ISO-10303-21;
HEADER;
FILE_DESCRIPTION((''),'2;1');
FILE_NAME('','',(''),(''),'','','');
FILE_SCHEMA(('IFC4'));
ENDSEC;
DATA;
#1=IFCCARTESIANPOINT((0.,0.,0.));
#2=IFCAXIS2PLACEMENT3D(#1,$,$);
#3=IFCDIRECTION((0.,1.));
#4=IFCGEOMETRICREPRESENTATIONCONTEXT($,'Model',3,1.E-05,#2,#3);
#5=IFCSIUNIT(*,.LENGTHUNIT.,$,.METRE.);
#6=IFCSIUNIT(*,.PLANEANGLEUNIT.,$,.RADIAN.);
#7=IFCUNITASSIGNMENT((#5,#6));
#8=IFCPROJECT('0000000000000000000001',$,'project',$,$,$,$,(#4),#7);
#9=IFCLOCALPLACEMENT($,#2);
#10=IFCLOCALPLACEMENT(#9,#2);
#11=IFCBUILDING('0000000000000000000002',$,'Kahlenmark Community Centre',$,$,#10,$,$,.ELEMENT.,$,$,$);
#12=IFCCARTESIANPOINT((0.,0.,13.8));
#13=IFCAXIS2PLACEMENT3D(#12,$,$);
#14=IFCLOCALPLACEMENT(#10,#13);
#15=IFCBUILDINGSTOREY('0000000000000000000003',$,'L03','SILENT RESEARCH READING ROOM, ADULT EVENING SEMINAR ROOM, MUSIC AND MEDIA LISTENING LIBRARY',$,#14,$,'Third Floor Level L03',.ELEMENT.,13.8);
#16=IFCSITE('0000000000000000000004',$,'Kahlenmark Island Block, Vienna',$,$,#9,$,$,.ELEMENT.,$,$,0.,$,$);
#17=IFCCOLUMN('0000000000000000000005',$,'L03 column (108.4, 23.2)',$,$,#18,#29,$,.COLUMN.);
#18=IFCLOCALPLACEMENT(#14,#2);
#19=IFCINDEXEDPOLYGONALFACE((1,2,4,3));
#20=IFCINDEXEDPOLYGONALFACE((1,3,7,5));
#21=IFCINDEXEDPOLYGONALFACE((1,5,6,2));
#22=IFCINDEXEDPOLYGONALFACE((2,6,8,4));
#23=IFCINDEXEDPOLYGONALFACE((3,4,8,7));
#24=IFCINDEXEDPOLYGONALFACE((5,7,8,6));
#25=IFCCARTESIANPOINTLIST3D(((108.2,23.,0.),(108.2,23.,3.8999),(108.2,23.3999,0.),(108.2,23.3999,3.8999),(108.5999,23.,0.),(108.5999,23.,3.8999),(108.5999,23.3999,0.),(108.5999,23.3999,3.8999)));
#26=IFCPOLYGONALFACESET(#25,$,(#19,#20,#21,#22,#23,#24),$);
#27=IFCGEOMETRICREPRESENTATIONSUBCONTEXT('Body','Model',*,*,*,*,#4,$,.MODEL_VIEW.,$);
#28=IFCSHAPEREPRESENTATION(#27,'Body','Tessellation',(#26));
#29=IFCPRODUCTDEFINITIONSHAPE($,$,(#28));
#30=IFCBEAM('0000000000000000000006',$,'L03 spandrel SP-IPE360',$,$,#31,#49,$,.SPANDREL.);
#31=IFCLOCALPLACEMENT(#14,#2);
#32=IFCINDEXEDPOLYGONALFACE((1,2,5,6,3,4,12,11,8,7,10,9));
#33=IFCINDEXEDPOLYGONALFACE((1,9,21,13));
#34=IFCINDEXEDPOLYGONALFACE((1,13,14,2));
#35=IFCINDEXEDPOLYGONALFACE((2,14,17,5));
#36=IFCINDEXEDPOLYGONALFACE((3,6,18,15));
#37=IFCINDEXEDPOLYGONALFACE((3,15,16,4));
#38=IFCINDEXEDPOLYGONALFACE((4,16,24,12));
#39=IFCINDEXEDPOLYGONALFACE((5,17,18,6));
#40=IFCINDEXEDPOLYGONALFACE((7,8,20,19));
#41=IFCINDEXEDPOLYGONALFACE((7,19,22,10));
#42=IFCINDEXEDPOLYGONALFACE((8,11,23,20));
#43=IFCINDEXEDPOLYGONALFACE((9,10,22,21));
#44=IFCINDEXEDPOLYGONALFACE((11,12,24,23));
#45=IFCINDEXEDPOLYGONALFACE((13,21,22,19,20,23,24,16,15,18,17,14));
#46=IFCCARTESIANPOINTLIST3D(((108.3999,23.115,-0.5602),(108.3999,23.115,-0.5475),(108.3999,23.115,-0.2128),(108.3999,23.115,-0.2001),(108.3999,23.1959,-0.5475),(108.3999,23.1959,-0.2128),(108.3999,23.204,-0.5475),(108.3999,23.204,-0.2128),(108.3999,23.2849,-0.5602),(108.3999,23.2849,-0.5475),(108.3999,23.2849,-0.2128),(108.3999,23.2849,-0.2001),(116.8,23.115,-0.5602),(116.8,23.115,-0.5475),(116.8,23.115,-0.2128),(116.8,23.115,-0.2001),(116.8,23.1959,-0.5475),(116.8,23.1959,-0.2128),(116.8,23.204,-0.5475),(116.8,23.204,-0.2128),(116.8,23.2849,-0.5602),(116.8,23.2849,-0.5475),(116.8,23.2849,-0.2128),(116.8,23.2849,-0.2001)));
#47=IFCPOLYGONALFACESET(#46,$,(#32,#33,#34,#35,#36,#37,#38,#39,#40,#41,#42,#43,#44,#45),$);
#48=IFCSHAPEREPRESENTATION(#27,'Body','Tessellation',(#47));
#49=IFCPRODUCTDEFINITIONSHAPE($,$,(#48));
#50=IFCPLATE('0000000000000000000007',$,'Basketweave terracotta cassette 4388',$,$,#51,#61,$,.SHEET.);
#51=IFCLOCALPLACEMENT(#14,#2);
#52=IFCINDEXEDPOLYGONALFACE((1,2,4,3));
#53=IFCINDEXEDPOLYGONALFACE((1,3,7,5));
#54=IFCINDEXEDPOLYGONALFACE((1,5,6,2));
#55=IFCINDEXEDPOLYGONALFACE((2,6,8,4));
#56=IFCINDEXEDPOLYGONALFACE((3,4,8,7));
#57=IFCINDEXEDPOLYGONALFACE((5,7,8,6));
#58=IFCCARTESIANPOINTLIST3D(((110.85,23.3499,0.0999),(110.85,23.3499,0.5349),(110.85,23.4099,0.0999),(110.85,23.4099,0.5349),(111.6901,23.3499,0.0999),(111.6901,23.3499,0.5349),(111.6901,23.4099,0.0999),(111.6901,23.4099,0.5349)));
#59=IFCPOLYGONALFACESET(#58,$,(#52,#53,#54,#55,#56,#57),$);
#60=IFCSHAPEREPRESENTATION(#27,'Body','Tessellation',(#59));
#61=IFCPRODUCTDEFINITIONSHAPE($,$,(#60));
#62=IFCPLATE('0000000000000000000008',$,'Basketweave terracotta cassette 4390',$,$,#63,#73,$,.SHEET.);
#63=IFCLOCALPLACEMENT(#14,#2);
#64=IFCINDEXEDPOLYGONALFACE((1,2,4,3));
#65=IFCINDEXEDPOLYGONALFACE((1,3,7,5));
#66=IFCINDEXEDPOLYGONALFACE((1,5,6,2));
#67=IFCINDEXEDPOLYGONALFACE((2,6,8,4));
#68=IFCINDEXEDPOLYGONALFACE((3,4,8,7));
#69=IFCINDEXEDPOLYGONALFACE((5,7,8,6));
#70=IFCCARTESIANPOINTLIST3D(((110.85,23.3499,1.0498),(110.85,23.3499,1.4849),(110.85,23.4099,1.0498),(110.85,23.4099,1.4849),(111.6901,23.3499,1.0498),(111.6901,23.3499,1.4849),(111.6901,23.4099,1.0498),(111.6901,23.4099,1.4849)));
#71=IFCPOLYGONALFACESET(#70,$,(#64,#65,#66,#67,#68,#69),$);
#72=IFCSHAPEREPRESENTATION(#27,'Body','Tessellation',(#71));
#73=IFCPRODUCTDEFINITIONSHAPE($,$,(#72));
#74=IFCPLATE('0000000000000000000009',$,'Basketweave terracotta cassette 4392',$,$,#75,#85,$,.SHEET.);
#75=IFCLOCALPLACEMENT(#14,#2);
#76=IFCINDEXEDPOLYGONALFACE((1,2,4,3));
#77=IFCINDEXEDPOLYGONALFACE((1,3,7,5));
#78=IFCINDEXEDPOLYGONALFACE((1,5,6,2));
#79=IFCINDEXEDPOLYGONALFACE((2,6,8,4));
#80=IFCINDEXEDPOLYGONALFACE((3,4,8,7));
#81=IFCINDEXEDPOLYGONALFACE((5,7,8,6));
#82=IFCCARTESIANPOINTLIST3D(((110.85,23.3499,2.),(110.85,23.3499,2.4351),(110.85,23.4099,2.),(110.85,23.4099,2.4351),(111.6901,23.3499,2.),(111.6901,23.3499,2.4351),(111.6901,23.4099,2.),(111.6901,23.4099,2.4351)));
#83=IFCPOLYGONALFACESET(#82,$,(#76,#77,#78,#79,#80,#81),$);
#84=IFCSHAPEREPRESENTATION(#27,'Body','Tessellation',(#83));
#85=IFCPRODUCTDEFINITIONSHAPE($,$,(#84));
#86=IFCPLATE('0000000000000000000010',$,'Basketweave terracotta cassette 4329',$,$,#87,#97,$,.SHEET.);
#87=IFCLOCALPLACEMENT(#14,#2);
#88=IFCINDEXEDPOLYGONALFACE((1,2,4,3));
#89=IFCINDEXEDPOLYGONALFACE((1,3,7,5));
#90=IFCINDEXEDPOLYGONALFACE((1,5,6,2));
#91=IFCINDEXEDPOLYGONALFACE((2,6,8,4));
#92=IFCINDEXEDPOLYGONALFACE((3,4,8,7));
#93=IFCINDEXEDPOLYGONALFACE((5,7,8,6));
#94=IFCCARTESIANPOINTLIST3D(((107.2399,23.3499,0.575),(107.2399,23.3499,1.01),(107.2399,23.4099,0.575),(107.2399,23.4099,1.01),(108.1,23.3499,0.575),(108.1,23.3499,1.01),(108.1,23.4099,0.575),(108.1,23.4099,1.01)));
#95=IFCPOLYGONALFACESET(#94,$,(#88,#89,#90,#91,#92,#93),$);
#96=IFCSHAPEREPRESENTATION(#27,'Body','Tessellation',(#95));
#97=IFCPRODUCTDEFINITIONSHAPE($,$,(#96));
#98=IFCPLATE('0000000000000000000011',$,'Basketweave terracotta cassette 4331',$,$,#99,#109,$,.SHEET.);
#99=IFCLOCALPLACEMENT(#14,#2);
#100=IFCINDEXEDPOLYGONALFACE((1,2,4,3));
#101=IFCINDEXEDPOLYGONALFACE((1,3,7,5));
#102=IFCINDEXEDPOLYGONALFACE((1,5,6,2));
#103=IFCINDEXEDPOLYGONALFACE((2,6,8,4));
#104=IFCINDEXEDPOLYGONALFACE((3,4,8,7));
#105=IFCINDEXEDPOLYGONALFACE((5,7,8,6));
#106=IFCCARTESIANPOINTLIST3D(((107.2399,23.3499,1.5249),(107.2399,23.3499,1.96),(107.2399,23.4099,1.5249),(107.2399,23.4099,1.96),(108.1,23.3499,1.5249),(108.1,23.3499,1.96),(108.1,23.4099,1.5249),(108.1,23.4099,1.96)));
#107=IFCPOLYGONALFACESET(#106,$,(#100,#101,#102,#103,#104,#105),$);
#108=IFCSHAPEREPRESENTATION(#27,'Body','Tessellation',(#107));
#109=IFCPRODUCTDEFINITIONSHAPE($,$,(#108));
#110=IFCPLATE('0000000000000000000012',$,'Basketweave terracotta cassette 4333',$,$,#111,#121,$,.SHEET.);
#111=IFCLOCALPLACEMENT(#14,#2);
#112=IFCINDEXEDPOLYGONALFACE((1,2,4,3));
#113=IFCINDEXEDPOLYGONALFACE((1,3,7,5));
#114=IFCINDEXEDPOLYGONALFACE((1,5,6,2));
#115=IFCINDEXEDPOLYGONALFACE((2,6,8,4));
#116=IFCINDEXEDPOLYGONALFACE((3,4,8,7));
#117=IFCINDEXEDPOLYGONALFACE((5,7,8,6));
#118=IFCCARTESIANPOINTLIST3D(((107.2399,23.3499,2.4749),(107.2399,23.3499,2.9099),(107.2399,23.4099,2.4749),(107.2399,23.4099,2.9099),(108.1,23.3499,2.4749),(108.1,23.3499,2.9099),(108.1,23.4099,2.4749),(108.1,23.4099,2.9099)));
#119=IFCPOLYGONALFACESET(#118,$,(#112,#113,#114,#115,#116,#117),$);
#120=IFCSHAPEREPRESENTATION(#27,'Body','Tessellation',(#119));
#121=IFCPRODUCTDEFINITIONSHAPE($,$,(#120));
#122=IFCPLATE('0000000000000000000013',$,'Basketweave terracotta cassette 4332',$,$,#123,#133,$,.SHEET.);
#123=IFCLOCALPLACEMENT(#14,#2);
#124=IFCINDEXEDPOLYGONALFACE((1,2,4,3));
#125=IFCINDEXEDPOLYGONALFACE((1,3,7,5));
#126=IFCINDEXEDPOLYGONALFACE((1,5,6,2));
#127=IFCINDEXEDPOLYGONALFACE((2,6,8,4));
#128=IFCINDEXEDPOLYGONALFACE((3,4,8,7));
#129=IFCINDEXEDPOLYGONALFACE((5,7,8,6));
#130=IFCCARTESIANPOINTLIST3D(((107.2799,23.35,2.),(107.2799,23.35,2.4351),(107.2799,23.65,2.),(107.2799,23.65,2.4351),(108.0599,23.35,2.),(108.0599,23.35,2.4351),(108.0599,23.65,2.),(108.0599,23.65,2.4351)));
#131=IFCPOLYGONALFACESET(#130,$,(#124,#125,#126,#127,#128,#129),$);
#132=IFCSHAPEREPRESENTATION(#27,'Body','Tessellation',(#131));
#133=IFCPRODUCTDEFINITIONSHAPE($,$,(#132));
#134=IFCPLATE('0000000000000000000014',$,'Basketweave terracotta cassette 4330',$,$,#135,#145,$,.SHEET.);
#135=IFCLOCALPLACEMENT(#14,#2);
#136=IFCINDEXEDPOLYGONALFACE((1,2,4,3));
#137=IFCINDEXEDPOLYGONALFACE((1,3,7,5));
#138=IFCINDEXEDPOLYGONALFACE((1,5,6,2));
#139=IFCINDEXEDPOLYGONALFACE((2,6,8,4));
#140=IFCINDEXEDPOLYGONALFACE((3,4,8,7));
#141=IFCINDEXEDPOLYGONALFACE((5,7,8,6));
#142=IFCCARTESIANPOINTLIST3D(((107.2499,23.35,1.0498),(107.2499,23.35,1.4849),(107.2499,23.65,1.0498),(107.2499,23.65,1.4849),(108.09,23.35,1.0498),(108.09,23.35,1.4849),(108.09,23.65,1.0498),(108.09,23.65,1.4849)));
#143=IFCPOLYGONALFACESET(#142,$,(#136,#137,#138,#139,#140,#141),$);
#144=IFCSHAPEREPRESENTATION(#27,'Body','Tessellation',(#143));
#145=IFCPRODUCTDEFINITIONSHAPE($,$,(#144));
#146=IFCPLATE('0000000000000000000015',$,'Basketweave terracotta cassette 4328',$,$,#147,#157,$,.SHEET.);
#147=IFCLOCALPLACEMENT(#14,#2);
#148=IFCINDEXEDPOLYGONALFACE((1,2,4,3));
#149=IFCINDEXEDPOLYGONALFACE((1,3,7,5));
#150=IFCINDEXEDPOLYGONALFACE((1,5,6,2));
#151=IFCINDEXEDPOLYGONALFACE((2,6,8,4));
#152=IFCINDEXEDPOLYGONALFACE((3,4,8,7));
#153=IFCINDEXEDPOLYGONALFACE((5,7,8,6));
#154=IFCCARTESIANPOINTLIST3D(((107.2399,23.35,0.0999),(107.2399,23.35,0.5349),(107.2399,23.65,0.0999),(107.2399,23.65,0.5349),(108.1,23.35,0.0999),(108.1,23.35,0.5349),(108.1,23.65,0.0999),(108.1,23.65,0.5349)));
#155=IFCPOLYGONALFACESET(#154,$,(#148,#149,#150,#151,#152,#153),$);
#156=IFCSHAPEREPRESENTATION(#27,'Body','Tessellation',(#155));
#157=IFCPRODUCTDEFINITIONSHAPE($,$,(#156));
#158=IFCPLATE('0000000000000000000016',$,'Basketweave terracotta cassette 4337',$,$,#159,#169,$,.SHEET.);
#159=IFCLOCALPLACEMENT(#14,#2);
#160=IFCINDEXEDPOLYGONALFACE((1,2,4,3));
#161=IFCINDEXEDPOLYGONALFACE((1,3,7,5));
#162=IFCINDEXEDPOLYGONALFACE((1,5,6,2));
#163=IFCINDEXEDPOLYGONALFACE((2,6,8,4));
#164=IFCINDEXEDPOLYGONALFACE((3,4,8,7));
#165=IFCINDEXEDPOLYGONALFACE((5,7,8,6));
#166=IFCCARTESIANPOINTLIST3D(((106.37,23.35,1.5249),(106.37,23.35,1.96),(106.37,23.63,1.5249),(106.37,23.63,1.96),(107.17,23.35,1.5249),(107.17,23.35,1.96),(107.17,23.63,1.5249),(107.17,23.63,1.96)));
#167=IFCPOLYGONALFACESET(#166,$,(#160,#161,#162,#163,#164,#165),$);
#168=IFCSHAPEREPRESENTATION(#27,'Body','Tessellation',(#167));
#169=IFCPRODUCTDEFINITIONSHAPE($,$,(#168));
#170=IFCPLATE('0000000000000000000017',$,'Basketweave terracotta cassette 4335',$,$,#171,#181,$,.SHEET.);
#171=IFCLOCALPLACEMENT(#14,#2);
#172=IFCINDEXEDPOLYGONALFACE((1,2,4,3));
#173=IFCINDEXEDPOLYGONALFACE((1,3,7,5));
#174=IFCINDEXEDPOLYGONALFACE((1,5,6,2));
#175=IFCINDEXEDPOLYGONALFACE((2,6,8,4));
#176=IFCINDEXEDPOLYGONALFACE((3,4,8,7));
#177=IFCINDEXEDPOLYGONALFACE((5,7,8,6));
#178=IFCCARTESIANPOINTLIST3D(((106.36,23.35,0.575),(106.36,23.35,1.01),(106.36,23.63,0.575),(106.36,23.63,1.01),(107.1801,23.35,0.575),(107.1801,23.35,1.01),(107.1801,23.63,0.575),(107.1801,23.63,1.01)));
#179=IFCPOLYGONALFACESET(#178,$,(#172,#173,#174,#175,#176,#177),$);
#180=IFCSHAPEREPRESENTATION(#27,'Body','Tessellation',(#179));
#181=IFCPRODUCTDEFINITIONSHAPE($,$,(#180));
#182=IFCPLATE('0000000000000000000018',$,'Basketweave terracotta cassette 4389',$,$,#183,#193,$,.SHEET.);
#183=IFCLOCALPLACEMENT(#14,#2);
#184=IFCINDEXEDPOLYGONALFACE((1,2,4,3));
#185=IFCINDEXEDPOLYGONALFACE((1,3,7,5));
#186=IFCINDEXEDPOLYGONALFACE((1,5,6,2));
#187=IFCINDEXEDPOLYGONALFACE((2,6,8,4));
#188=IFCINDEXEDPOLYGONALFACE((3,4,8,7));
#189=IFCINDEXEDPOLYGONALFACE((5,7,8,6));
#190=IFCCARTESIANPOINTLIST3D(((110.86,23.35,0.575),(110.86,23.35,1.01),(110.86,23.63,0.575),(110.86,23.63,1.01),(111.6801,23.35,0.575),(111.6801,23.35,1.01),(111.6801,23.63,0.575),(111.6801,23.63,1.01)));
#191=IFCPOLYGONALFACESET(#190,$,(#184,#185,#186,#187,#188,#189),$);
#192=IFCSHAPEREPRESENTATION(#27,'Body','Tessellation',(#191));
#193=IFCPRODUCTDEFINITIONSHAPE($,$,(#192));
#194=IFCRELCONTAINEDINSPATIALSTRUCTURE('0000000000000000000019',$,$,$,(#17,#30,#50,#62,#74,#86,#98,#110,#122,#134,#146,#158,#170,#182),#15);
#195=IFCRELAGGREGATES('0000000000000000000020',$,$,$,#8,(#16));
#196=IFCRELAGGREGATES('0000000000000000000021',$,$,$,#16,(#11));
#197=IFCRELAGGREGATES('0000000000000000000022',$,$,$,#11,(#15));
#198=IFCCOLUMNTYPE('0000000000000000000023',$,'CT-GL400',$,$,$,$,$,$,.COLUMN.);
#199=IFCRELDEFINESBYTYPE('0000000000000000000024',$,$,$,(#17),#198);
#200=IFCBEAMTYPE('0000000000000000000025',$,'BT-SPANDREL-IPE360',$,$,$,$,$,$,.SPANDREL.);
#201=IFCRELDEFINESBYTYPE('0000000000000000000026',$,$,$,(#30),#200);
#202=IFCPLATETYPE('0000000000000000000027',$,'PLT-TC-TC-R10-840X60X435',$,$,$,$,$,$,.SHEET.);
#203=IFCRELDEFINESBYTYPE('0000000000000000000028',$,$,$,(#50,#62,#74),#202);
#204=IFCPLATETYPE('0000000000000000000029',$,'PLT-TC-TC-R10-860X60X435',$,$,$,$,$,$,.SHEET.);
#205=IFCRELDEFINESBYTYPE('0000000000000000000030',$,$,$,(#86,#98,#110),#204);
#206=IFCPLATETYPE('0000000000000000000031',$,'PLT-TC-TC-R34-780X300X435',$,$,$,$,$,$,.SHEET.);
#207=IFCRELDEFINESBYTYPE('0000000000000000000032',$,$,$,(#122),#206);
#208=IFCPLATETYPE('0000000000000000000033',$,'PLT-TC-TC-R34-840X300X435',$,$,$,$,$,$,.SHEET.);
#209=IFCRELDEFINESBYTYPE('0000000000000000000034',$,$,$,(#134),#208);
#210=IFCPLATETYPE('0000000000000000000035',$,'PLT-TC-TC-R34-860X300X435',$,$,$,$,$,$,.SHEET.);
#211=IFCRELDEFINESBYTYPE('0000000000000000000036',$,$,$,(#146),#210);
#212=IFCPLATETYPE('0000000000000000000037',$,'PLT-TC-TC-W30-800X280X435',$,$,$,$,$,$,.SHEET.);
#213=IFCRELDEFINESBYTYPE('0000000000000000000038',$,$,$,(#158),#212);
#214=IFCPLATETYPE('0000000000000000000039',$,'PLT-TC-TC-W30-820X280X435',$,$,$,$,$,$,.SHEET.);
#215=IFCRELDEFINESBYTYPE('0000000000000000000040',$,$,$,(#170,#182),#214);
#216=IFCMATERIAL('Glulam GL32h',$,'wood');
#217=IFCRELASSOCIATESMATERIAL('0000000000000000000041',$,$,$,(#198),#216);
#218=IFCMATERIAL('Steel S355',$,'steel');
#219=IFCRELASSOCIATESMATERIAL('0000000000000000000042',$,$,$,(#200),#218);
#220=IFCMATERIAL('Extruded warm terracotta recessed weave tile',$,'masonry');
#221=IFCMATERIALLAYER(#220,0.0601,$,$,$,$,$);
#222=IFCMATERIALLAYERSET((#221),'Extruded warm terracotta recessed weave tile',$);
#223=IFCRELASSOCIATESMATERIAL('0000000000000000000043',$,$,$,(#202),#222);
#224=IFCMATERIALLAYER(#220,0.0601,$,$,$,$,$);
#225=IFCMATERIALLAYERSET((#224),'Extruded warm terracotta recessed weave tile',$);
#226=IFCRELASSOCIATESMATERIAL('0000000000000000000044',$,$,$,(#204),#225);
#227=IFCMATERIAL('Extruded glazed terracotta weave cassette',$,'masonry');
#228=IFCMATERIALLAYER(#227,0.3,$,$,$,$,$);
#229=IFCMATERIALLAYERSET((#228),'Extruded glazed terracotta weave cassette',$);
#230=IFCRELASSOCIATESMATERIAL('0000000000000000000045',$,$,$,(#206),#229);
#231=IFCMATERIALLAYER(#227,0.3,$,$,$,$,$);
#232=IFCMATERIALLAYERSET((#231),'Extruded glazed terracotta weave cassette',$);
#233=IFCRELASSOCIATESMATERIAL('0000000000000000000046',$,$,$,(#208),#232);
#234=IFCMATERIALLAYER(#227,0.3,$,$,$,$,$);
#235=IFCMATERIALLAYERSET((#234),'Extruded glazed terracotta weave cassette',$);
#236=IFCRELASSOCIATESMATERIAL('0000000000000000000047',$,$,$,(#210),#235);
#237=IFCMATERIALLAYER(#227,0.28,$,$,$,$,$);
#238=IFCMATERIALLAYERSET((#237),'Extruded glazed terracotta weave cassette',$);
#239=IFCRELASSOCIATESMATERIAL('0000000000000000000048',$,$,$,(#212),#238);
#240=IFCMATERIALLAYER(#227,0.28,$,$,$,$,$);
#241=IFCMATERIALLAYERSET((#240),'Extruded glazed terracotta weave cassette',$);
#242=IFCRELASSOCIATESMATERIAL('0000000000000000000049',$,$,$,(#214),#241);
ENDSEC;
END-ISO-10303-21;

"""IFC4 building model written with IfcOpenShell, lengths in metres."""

from ifc_helpers import new_model, si_unit, direction, frame, origin, origin_2d, place, context, subcontext, project, spatial, rectangle, i_section, extrude, material, layer, layer_set, material_profile, profile_set, type_object, element, save


model = new_model("IFC4")

# Units and contexts
model_context = context("Model", 3, precision=1e-05, world=origin(), true_north=direction((0.0, 1.0)))
body_context = subcontext(model_context, "Body", "Model", "MODEL_VIEW")
ifc_project = project(units=[si_unit("LENGTHUNIT", "METRE"), si_unit("PLANEANGLEUNIT", "RADIAN")], contexts=[model_context])

# Site, building, storey
site_placement = place(None, origin())
site = spatial("IfcSite", under=ifc_project, at=site_placement, Name="Kahlenmark Island Block, Vienna", CompositionType="ELEMENT", RefElevation=0.0)
building_placement = place(site_placement, origin())
building = spatial("IfcBuilding", under=site, at=building_placement, Name="Kahlenmark Community Centre", CompositionType="ELEMENT")
storey_placement = place(building_placement, frame((0.0, 0.0, 13.8)))
storey = spatial("IfcBuildingStorey", under=building, at=storey_placement, Name="L03", Description="SILENT RESEARCH READING ROOM, ADULT EVENING SEMINAR ROOM, MUSIC AND MEDIA LISTENING LIBRARY", LongName="Third Floor Level L03", CompositionType="ELEMENT", Elevation=13.8)

# Column
ifc_material_1 = material(Name="Glulam GL32h", Category="wood")
ifc_material_profile_1 = material_profile(ifc_material_1, rectangle(XDim=0.3999, YDim=0.3999, at=origin_2d()), Name="GL32h 400x400")
ifc_profile_set_1 = profile_set([ifc_material_profile_1], Name="Glulam GL32h")
column_type = type_object("IfcColumnType", Name="CT-GL400", PredefinedType="COLUMN", material=ifc_profile_set_1)
column_placement = place(storey_placement, frame((108.3999, 23.2, 0.0), z_axis=(0.0, 0.0, 1.0), x_axis=(1.0, 0.0, 0.0)))
element("IfcColumn", 1, at=column_placement, inside=storey, type_object=column_type, Name="L03 column (108.4, 23.2)", PredefinedType="COLUMN", context=body_context, shape_type="SweptSolid", body=[
    extrude(rectangle(XDim=0.3999, YDim=0.3999, at=origin_2d()), origin(), (0.0, 0.0, 1.0), 3.8999),
])

# Beam
ifc_material_2 = material(Name="Steel S355", Category="steel")
ifc_material_profile_2 = material_profile(ifc_material_2, i_section(OverallWidth=0.1699, OverallDepth=0.3601, WebThickness=0.0081, FlangeThickness=0.0127, at=origin_2d()), Name="IPE 360")
ifc_profile_set_2 = profile_set([ifc_material_profile_2], Name="Steel S355")
beam_type = type_object("IfcBeamType", Name="BT-SPANDREL-IPE360", PredefinedType="SPANDREL", material=ifc_profile_set_2)
beam_placement = place(storey_placement, frame((108.3999, 23.2, -0.3801), z_axis=(1.0, 0.0, 0.0), x_axis=(0.0, 1.0, 0.0)))
element("IfcBeam", 2, at=beam_placement, inside=storey, type_object=beam_type, Name="L03 spandrel SP-IPE360", PredefinedType="SPANDREL", context=body_context, shape_type="SweptSolid", body=[
    extrude(i_section(OverallWidth=0.1699, OverallDepth=0.3601, WebThickness=0.0081, FlangeThickness=0.0127, at=origin_2d()), origin(), (0.0, 0.0, 1.0), 8.4001),
])

# Plates
ifc_material_3 = material(Name="Extruded warm terracotta recessed weave tile", Category="masonry")
ifc_layer_1 = layer(ifc_material_3, 0.0601)
ifc_layer_set_1 = layer_set([ifc_layer_1], Name="Extruded warm terracotta recessed weave tile")
plate_type_1 = type_object("IfcPlateType", Name="PLT-TC-TC-R10-840X60X435", PredefinedType="SHEET", material=ifc_layer_set_1)
for number, where, z_axis, x_axis, name in (
    (3, (111.27, 23.3799, 0.0999), (0.0, 0.0, 1.0), (-1.0, 0.0, 0.0), "Basketweave terracotta cassette 4388"),
    (4, (111.27, 23.3799, 1.0498), (0.0, 0.0, 1.0), (-1.0, 0.0, 0.0), "Basketweave terracotta cassette 4390"),
    (5, (111.27, 23.3799, 2.0), (0.0, 0.0, 1.0), (-1.0, 0.0, 0.0), "Basketweave terracotta cassette 4392"),
):
    element("IfcPlate", number, at=place(storey_placement, frame(where, z_axis=z_axis, x_axis=x_axis)), inside=storey, type_object=plate_type_1, Name=name, PredefinedType="SHEET", context=body_context, shape_type="SweptSolid", body=[
        extrude(rectangle(XDim=0.8401, YDim=0.0601, at=origin_2d()), origin(), (0.0, 0.0, 1.0), 0.4351),
    ])
ifc_layer_2 = layer(ifc_material_3, 0.0601)
ifc_layer_set_2 = layer_set([ifc_layer_2], Name="Extruded warm terracotta recessed weave tile")
plate_type_2 = type_object("IfcPlateType", Name="PLT-TC-TC-R10-860X60X435", PredefinedType="SHEET", material=ifc_layer_set_2)
for number, where, z_axis, x_axis, name in (
    (6, (107.6699, 23.3799, 0.575), (0.0, 0.0, 1.0), (-1.0, 0.0, 0.0), "Basketweave terracotta cassette 4329"),
    (7, (107.6699, 23.3799, 1.5249), (0.0, 0.0, 1.0), (-1.0, 0.0, 0.0), "Basketweave terracotta cassette 4331"),
    (8, (107.6699, 23.3799, 2.4749), (0.0, 0.0, 1.0), (-1.0, 0.0, 0.0), "Basketweave terracotta cassette 4333"),
):
    element("IfcPlate", number, at=place(storey_placement, frame(where, z_axis=z_axis, x_axis=x_axis)), inside=storey, type_object=plate_type_2, Name=name, PredefinedType="SHEET", context=body_context, shape_type="SweptSolid", body=[
        extrude(rectangle(XDim=0.8601, YDim=0.0601, at=origin_2d()), origin(), (0.0, 0.0, 1.0), 0.4351),
    ])
ifc_material_4 = material(Name="Extruded glazed terracotta weave cassette", Category="masonry")
ifc_layer_3 = layer(ifc_material_4, 0.3)
ifc_layer_set_3 = layer_set([ifc_layer_3], Name="Extruded glazed terracotta weave cassette")
plate_type_3 = type_object("IfcPlateType", Name="PLT-TC-TC-R34-780X300X435", PredefinedType="SHEET", material=ifc_layer_set_3)
plate_1_placement = place(storey_placement, frame((107.6699, 23.5, 2.0), z_axis=(0.0, 0.0, 1.0), x_axis=(-1.0, 0.0, 0.0)))
element("IfcPlate", 9, at=plate_1_placement, inside=storey, type_object=plate_type_3, Name="Basketweave terracotta cassette 4332", PredefinedType="SHEET", context=body_context, shape_type="SweptSolid", body=[
    extrude(rectangle(XDim=0.78, YDim=0.3, at=origin_2d()), origin(), (0.0, 0.0, 1.0), 0.4351),
])
ifc_layer_4 = layer(ifc_material_4, 0.3)
ifc_layer_set_4 = layer_set([ifc_layer_4], Name="Extruded glazed terracotta weave cassette")
plate_type_4 = type_object("IfcPlateType", Name="PLT-TC-TC-R34-840X300X435", PredefinedType="SHEET", material=ifc_layer_set_4)
plate_2_placement = place(storey_placement, frame((107.6699, 23.5, 1.0498), z_axis=(0.0, 0.0, 1.0), x_axis=(-1.0, 0.0, 0.0)))
element("IfcPlate", 10, at=plate_2_placement, inside=storey, type_object=plate_type_4, Name="Basketweave terracotta cassette 4330", PredefinedType="SHEET", context=body_context, shape_type="SweptSolid", body=[
    extrude(rectangle(XDim=0.8401, YDim=0.3, at=origin_2d()), origin(), (0.0, 0.0, 1.0), 0.4351),
])
ifc_layer_5 = layer(ifc_material_4, 0.3)
ifc_layer_set_5 = layer_set([ifc_layer_5], Name="Extruded glazed terracotta weave cassette")
plate_type_5 = type_object("IfcPlateType", Name="PLT-TC-TC-R34-860X300X435", PredefinedType="SHEET", material=ifc_layer_set_5)
plate_3_placement = place(storey_placement, frame((107.6699, 23.5, 0.0999), z_axis=(0.0, 0.0, 1.0), x_axis=(-1.0, 0.0, 0.0)))
element("IfcPlate", 11, at=plate_3_placement, inside=storey, type_object=plate_type_5, Name="Basketweave terracotta cassette 4328", PredefinedType="SHEET", context=body_context, shape_type="SweptSolid", body=[
    extrude(rectangle(XDim=0.8601, YDim=0.3, at=origin_2d()), origin(), (0.0, 0.0, 1.0), 0.4351),
])
ifc_layer_6 = layer(ifc_material_4, 0.28)
ifc_layer_set_6 = layer_set([ifc_layer_6], Name="Extruded glazed terracotta weave cassette")
plate_type_6 = type_object("IfcPlateType", Name="PLT-TC-TC-W30-800X280X435", PredefinedType="SHEET", material=ifc_layer_set_6)
plate_4_placement = place(storey_placement, frame((106.77, 23.49, 1.5249), z_axis=(0.0, 0.0, 1.0), x_axis=(-1.0, 0.0, 0.0)))
element("IfcPlate", 12, at=plate_4_placement, inside=storey, type_object=plate_type_6, Name="Basketweave terracotta cassette 4337", PredefinedType="SHEET", context=body_context, shape_type="SweptSolid", body=[
    extrude(rectangle(XDim=0.8, YDim=0.28, at=origin_2d()), origin(), (0.0, 0.0, 1.0), 0.4351),
])
ifc_layer_7 = layer(ifc_material_4, 0.28)
ifc_layer_set_7 = layer_set([ifc_layer_7], Name="Extruded glazed terracotta weave cassette")
plate_type_7 = type_object("IfcPlateType", Name="PLT-TC-TC-W30-820X280X435", PredefinedType="SHEET", material=ifc_layer_set_7)
for number, where, z_axis, x_axis, name in (
    (13, (106.77, 23.49, 0.575), (0.0, 0.0, 1.0), (-1.0, 0.0, 0.0), "Basketweave terracotta cassette 4335"),
    (14, (111.27, 23.49, 0.575), (0.0, 0.0, 1.0), (-1.0, 0.0, 0.0), "Basketweave terracotta cassette 4389"),
):
    element("IfcPlate", number, at=place(storey_placement, frame(where, z_axis=z_axis, x_axis=x_axis)), inside=storey, type_object=plate_type_7, Name=name, PredefinedType="SHEET", context=body_context, shape_type="SweptSolid", body=[
        extrude(rectangle(XDim=0.8201, YDim=0.28, at=origin_2d()), origin(), (0.0, 0.0, 1.0), 0.4351),
    ])

save(model, "model.ifc")
